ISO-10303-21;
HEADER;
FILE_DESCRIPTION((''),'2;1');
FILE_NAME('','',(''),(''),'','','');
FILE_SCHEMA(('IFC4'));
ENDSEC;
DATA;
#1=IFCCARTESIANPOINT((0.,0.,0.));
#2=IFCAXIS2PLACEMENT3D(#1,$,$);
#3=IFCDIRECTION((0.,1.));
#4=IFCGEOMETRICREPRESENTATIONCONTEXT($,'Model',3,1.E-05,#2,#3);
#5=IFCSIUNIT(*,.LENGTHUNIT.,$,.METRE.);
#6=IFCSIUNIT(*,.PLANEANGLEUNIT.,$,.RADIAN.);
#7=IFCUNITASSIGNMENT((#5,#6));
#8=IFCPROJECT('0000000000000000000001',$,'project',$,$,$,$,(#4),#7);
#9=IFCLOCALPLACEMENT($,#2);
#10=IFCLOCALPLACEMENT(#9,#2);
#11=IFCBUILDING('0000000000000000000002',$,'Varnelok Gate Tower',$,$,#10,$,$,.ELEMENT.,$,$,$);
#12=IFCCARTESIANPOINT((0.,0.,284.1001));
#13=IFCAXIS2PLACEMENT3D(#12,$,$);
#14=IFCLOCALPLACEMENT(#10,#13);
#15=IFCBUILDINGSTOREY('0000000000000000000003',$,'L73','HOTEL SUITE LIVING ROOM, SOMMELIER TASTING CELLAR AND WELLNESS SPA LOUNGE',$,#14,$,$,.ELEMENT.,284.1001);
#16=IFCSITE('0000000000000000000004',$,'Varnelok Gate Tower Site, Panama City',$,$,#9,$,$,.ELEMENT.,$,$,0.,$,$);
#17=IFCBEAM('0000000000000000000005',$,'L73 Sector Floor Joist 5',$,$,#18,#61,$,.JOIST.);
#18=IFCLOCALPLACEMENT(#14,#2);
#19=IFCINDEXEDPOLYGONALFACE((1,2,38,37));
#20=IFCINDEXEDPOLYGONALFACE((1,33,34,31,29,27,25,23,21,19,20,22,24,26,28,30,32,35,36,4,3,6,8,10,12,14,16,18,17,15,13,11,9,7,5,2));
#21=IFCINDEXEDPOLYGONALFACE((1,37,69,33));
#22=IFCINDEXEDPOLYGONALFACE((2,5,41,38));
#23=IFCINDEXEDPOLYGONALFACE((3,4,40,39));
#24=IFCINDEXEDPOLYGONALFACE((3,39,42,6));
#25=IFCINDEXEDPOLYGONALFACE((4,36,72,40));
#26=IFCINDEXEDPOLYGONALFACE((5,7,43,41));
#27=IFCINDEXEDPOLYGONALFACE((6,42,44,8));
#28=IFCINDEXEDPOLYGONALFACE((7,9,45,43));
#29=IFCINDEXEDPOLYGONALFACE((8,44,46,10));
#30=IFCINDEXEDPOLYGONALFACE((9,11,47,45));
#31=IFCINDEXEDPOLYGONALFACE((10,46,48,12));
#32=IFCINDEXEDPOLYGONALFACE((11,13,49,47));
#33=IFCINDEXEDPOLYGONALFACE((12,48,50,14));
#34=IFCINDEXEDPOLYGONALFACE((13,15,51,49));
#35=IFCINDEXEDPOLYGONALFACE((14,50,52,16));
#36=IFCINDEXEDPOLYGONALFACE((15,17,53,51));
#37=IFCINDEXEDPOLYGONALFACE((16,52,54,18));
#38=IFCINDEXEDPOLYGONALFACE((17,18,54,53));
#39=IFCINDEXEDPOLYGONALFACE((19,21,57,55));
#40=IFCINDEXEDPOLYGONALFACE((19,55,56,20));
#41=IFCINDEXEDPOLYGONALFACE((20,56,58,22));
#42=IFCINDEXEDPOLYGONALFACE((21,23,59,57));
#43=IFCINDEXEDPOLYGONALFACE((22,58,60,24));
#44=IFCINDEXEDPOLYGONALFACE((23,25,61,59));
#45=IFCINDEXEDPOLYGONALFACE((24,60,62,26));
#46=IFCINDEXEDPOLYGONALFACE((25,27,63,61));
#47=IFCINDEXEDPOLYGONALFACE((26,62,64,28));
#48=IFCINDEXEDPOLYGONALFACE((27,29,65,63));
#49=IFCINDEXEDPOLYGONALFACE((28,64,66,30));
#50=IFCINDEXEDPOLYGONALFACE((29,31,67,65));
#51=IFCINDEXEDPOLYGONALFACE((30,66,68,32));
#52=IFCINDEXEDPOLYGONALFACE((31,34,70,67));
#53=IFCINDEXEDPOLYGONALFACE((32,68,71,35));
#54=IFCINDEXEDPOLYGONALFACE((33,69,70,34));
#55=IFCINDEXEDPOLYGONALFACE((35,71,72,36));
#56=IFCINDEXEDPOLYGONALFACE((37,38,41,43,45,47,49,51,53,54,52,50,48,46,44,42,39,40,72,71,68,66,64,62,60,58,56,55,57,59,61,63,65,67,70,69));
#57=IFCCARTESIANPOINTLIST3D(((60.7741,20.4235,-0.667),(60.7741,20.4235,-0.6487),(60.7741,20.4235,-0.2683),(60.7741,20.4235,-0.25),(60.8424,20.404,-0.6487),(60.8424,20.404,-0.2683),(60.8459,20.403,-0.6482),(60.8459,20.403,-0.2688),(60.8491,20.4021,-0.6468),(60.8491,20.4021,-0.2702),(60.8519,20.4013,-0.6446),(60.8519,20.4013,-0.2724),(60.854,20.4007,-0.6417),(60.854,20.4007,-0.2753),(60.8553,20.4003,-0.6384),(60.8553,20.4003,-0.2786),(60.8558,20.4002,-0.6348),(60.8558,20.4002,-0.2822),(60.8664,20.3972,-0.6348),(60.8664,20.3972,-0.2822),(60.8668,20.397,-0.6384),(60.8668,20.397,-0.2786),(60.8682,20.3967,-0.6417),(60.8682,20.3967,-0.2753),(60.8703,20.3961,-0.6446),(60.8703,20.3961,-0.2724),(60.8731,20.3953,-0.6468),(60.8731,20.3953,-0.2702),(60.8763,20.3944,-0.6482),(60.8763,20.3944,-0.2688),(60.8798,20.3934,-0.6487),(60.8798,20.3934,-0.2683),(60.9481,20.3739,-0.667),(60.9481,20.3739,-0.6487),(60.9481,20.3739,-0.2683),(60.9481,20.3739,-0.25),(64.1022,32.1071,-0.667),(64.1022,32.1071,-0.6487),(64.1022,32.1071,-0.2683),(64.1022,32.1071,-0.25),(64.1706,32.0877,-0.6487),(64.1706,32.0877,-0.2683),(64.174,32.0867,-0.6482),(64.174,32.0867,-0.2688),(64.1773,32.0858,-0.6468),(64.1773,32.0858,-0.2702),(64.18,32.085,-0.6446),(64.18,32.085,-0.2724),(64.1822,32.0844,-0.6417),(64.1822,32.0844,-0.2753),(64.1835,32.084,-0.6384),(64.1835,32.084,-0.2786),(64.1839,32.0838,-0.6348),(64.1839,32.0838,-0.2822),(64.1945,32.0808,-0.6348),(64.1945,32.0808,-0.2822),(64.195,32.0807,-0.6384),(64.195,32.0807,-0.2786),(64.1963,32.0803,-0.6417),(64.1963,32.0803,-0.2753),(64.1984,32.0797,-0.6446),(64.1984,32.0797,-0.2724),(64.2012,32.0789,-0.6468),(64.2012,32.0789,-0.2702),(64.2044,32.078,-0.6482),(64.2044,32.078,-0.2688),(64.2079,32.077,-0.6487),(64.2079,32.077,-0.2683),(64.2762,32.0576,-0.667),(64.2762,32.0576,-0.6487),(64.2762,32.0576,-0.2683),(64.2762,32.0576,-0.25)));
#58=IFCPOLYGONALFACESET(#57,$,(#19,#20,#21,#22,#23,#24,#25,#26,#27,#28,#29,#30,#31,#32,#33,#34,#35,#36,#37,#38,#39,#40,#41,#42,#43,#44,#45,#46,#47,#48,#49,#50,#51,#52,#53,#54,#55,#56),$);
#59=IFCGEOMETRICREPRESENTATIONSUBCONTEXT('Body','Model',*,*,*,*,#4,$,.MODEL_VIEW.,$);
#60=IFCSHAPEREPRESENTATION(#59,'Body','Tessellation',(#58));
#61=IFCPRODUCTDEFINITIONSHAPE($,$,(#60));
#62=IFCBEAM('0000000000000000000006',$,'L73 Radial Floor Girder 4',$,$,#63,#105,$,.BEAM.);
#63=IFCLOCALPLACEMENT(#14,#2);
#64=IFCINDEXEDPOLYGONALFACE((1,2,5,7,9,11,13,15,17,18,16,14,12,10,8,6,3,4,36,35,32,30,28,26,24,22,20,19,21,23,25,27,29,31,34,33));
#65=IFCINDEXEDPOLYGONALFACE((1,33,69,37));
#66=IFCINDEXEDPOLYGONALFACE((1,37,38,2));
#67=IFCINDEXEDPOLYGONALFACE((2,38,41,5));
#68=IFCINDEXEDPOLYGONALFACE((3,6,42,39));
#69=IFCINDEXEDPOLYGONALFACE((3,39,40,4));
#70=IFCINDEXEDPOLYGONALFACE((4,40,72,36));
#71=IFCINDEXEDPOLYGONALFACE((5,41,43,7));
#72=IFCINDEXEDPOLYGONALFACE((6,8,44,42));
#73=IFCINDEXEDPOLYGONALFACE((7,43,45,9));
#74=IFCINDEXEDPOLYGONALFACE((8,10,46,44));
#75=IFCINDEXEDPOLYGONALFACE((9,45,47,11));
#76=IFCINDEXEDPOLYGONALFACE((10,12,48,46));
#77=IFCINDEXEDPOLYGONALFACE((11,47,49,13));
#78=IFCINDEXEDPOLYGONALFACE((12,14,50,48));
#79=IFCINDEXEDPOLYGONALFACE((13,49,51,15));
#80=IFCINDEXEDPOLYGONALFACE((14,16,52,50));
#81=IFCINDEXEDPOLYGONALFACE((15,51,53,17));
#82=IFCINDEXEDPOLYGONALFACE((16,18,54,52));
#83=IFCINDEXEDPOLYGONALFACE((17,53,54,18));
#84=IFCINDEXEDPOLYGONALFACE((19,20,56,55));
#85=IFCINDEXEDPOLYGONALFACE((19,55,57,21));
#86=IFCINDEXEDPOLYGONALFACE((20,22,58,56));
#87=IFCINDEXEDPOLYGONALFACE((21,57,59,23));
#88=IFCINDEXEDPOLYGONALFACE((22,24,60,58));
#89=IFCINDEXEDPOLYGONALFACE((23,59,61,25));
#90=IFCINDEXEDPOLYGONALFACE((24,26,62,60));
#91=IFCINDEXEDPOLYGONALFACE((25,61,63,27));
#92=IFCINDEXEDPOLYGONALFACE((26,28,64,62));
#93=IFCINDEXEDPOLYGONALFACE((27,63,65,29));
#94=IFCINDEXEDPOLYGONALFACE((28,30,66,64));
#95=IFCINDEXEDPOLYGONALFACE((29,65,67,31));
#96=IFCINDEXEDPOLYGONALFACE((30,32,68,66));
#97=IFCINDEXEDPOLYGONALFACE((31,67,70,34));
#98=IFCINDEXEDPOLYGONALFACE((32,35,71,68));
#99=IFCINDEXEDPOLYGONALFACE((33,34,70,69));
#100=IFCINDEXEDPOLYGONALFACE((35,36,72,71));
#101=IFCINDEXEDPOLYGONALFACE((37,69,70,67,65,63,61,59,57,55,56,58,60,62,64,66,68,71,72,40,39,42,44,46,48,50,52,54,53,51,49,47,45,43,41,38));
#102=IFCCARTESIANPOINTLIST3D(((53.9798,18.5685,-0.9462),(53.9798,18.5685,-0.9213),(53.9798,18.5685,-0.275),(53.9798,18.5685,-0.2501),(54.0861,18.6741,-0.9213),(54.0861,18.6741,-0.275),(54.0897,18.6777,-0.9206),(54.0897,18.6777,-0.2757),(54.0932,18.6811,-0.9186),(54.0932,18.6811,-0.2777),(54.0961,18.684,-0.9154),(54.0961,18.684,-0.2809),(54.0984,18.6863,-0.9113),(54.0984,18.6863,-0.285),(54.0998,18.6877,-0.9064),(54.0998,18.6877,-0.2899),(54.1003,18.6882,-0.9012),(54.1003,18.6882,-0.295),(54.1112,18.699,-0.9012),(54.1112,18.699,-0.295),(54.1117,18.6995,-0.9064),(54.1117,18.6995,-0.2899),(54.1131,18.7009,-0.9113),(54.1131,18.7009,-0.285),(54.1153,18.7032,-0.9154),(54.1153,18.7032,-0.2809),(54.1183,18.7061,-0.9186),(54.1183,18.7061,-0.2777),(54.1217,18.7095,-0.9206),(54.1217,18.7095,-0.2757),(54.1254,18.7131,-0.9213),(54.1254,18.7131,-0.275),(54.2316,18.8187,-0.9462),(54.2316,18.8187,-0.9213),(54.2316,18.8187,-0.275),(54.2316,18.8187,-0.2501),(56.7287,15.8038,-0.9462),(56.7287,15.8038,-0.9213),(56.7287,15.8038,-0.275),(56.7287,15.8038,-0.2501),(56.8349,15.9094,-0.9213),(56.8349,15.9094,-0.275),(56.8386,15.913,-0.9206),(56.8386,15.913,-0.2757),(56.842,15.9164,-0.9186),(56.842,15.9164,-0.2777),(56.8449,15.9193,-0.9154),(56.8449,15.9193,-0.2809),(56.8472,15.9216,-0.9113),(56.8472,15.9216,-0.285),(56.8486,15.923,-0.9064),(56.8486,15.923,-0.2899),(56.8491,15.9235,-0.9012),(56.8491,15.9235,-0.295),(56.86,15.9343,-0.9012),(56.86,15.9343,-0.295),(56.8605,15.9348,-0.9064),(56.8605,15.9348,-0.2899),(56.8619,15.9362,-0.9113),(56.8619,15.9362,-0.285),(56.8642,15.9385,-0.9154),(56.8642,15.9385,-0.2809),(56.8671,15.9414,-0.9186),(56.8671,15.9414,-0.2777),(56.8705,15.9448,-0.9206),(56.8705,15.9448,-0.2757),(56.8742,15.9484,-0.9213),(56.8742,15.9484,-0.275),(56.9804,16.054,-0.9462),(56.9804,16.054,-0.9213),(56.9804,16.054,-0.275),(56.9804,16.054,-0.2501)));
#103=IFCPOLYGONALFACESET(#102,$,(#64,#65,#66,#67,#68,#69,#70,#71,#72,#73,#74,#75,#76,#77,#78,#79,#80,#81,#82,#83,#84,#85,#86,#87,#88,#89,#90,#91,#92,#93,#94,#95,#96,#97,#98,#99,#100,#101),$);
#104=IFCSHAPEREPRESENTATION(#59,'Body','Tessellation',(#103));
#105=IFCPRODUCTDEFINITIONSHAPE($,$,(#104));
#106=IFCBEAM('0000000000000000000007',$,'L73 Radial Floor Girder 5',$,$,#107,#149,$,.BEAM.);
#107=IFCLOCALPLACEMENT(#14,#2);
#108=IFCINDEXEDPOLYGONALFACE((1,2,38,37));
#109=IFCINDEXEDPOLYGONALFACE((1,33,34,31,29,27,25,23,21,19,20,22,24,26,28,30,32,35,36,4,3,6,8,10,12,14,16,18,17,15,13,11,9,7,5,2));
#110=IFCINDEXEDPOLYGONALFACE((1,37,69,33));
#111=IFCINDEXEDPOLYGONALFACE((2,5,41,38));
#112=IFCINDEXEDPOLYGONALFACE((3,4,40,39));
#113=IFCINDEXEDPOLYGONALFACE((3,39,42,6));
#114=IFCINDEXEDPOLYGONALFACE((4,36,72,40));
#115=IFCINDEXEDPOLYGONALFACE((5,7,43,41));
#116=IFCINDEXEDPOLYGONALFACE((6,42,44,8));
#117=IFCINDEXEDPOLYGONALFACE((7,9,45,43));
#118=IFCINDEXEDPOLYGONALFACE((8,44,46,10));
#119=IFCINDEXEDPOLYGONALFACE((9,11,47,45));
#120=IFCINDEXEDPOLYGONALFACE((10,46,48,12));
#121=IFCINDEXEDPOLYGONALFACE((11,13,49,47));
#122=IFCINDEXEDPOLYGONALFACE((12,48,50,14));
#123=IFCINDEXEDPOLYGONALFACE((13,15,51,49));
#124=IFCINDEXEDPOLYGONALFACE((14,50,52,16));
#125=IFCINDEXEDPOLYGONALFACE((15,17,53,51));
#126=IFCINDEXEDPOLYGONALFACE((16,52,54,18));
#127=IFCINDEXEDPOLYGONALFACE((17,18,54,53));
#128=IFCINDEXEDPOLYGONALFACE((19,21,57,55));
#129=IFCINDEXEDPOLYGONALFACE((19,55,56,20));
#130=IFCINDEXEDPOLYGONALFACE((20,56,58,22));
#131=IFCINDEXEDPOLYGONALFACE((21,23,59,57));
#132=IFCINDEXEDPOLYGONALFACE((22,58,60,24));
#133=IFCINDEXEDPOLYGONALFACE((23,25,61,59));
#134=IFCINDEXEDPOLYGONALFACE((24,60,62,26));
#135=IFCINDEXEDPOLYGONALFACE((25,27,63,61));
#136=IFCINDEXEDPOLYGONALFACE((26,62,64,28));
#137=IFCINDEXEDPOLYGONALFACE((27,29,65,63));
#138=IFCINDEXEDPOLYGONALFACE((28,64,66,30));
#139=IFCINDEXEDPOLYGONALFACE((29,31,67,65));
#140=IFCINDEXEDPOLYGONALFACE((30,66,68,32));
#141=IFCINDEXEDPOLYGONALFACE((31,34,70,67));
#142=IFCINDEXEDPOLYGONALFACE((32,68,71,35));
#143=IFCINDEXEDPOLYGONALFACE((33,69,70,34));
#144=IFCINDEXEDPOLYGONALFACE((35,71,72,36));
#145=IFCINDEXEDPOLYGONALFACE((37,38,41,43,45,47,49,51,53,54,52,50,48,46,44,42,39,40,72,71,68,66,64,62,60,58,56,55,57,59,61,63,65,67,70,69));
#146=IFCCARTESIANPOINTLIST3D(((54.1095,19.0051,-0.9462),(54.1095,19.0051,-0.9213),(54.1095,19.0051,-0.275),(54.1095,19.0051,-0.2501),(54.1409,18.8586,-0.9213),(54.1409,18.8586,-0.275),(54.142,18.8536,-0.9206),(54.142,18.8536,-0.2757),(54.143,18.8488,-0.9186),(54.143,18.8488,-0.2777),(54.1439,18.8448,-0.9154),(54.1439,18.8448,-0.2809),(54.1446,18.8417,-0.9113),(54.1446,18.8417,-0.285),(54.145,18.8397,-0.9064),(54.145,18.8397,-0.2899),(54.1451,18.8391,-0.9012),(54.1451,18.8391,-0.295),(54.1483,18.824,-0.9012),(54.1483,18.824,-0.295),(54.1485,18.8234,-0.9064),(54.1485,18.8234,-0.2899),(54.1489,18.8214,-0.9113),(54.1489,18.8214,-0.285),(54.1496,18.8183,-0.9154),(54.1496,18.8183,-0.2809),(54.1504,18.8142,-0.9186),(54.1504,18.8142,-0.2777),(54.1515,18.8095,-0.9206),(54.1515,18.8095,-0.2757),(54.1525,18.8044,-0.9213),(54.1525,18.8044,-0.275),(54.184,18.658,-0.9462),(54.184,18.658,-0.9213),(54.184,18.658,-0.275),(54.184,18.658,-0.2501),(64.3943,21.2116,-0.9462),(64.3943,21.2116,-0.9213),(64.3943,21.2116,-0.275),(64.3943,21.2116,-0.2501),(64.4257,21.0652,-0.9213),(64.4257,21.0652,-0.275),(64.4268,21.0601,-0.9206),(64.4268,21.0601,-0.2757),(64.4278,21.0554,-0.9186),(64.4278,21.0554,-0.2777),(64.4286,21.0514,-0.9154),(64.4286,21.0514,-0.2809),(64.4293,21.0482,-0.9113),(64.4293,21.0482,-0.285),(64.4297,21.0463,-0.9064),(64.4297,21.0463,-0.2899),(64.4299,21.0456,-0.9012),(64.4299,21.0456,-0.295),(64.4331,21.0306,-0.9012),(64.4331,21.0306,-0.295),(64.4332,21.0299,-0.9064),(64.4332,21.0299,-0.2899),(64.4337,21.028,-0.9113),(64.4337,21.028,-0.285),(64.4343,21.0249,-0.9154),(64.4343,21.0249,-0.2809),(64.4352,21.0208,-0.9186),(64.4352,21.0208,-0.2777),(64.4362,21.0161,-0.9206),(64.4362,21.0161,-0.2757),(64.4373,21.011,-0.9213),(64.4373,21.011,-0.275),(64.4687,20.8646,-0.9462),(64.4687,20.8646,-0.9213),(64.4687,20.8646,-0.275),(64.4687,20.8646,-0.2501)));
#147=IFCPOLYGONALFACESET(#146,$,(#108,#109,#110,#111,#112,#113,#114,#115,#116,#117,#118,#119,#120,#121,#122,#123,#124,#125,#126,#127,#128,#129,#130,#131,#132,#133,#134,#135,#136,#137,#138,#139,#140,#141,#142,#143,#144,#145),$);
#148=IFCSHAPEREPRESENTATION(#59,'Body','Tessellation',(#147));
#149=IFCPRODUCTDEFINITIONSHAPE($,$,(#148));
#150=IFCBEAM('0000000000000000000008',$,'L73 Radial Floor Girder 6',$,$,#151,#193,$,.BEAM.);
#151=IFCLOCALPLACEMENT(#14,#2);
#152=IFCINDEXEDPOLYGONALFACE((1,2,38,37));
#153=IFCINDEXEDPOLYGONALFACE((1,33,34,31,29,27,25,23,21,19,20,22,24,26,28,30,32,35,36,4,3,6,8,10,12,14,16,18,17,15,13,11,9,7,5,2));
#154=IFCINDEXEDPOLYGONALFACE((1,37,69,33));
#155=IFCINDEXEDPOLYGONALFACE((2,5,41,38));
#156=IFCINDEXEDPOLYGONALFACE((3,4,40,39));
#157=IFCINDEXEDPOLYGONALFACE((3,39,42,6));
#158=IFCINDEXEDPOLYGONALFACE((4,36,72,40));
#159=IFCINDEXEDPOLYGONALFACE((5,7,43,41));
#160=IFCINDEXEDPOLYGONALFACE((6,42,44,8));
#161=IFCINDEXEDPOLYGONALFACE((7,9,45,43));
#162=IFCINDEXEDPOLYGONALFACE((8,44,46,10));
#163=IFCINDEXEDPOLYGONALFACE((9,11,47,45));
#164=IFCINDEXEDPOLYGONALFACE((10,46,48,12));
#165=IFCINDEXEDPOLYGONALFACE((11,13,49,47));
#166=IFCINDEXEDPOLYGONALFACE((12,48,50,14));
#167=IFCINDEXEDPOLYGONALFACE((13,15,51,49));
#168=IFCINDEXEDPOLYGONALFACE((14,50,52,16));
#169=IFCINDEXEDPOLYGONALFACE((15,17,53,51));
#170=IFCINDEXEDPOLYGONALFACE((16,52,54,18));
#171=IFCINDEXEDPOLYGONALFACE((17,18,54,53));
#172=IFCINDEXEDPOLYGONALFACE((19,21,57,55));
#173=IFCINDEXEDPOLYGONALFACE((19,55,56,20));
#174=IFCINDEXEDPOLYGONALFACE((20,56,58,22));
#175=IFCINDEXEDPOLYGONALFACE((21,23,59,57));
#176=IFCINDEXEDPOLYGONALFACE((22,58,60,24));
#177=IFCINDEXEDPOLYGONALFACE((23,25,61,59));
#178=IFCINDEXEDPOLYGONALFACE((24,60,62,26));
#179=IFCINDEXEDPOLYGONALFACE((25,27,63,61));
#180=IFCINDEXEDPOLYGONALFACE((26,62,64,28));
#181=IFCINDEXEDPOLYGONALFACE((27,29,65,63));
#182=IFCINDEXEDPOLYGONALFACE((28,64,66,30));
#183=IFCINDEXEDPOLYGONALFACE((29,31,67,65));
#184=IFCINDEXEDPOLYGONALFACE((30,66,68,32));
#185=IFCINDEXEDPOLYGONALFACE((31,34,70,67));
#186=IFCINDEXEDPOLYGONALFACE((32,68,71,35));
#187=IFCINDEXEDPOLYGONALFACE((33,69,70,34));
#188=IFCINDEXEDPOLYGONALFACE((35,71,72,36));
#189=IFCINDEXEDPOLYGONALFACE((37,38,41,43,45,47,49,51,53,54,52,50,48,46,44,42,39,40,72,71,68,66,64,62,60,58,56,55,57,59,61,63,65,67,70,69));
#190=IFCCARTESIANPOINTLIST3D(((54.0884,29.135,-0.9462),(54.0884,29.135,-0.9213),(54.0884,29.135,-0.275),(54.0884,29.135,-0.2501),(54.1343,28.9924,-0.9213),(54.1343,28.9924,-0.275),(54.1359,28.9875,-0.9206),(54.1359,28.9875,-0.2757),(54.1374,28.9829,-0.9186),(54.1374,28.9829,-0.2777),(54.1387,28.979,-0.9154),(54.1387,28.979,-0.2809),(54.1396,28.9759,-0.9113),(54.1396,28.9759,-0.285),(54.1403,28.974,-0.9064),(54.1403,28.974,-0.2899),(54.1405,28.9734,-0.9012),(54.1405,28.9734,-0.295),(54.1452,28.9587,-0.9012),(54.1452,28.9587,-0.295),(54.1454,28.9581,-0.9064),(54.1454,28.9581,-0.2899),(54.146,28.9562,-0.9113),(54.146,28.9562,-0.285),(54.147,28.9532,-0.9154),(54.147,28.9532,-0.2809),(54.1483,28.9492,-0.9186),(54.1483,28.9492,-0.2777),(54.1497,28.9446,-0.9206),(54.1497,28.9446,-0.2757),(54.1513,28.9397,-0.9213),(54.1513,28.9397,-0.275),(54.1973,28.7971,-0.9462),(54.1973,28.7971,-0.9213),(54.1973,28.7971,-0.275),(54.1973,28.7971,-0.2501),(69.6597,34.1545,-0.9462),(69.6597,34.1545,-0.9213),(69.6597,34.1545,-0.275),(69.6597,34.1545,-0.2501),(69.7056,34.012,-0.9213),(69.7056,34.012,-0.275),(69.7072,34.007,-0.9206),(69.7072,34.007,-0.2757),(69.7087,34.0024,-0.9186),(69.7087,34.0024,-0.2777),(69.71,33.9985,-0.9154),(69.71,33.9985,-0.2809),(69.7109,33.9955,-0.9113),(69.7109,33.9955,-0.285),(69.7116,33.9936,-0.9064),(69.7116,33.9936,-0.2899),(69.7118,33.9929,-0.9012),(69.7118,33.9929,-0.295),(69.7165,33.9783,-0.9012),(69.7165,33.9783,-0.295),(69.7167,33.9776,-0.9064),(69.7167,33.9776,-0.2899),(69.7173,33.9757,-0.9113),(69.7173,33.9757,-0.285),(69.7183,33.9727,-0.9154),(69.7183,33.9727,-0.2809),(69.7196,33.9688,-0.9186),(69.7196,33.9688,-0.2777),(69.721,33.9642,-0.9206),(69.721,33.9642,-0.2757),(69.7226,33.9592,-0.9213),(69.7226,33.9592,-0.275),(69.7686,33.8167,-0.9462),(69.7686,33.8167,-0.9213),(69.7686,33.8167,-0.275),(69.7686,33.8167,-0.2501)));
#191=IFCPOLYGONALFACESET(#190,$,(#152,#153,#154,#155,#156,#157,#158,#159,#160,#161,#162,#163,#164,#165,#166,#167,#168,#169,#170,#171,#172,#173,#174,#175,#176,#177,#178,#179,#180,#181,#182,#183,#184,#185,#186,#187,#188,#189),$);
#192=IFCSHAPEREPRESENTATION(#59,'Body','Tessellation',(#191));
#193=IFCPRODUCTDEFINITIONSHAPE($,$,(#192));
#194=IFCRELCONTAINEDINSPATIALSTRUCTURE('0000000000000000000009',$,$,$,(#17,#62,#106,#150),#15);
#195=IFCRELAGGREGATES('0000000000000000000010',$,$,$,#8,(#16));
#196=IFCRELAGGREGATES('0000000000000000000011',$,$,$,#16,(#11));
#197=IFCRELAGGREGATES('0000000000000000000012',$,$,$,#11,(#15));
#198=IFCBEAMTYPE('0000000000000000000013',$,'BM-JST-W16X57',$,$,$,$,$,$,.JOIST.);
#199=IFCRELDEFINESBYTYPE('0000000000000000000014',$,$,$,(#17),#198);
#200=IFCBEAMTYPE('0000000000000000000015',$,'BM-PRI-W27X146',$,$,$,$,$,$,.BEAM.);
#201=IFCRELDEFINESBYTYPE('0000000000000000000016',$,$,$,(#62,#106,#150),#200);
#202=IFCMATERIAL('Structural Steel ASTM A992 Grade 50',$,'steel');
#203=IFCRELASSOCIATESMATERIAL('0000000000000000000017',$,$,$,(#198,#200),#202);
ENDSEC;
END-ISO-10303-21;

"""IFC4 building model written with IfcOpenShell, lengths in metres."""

from ifc_helpers import new_model, si_unit, direction, frame, origin, origin_2d, place, context, subcontext, project, spatial, i_section, extrude, material, material_profile, profile_set, type_object, element, save


model = new_model("IFC4")

# Units and contexts
model_context = context("Model", 3, precision=1e-05, world=origin(), true_north=direction((0.0, 1.0)))
body_context = subcontext(model_context, "Body", "Model", "MODEL_VIEW")
ifc_project = project(units=[si_unit("LENGTHUNIT", "METRE"), si_unit("PLANEANGLEUNIT", "RADIAN")], contexts=[model_context])

# Site, building, storey
site_placement = place(None, origin())
site = spatial("IfcSite", under=ifc_project, at=site_placement, Name="Varnelok Gate Tower Site, Panama City", CompositionType="ELEMENT", RefElevation=0.0)
building_placement = place(site_placement, origin())
building = spatial("IfcBuilding", under=site, at=building_placement, Name="Varnelok Gate Tower", CompositionType="ELEMENT")
storey_placement = place(building_placement, frame((0.0, 0.0, 284.1001)))
storey = spatial("IfcBuildingStorey", under=building, at=storey_placement, Name="L73", Description="HOTEL SUITE LIVING ROOM, SOMMELIER TASTING CELLAR AND WELLNESS SPA LOUNGE", CompositionType="ELEMENT", Elevation=284.1001)

# Shared definitions
ifc_material_1 = material(Name="Structural Steel ASTM A992 Grade 50", Category="steel")

# Beams
ifc_material_profile_1 = material_profile(ifc_material_1, i_section(OverallWidth=0.1809, OverallDepth=0.417, WebThickness=0.011, FlangeThickness=0.0183, FilletRadius=0.0139, at=origin_2d()), Name="W16X57")
ifc_profile_set_1 = profile_set([ifc_material_profile_1], Name="Structural Steel ASTM A992 Grade 50")
beam_type_1 = type_object("IfcBeamType", Name="BM-JST-W16X57", PredefinedType="JOIST", material=ifc_profile_set_1)
beam_1_placement = place(storey_placement, frame((60.8611, 20.3987, -0.4585), z_axis=(0.273957, 0.961742, 0.0), x_axis=(-0.961742, 0.273957, 0.0)))
element("IfcBeam", 1, at=beam_1_placement, inside=storey, type_object=beam_type_1, Name="L73 Sector Floor Joist 5", PredefinedType="JOIST", context=body_context, shape_type="SweptSolid", body=[
    extrude(i_section(OverallWidth=0.1809, OverallDepth=0.417, WebThickness=0.011, FlangeThickness=0.0183, FilletRadius=0.0139, at=origin_2d()), origin(), (0.0, 0.0, 1.0), 12.1484),
])
ifc_material_profile_2 = material_profile(ifc_material_1, i_section(OverallWidth=0.355, OverallDepth=0.696, WebThickness=0.0154, FlangeThickness=0.0249, FilletRadius=0.02, at=origin_2d()), Name="W27X146")
ifc_profile_set_2 = profile_set([ifc_material_profile_2], Name="Structural Steel ASTM A992 Grade 50")
beam_type_2 = type_object("IfcBeamType", Name="BM-PRI-W27X146", PredefinedType="BEAM", material=ifc_profile_set_2)
beam_2_placement = place(storey_placement, frame((54.1057, 18.6936, -0.5981), z_axis=(0.705069, -0.709139, 0.0), x_axis=(0.709139, 0.705069, 0.0)))
element("IfcBeam", 2, at=beam_2_placement, inside=storey, type_object=beam_type_2, Name="L73 Radial Floor Girder 4", PredefinedType="BEAM", context=body_context, shape_type="SweptSolid", body=[
    extrude(i_section(OverallWidth=0.355, OverallDepth=0.696, WebThickness=0.0154, FlangeThickness=0.0249, FilletRadius=0.02, at=origin_2d()), origin(), (0.0, 0.0, 1.0), 3.8987),
])
beam_3_placement = place(storey_placement, frame((54.1467, 18.8315, -0.5981), z_axis=(0.97775, 0.209773, 0.0), x_axis=(-0.209773, 0.97775, 0.0)))
element("IfcBeam", 3, at=beam_3_placement, inside=storey, type_object=beam_type_2, Name="L73 Radial Floor Girder 5", PredefinedType="BEAM", context=body_context, shape_type="SweptSolid", body=[
    extrude(i_section(OverallWidth=0.355, OverallDepth=0.696, WebThickness=0.0154, FlangeThickness=0.0249, FilletRadius=0.02, at=origin_2d()), origin(), (0.0, 0.0, 1.0), 10.5188),
])
beam_4_placement = place(storey_placement, frame((54.1428, 28.9661, -0.5981), z_axis=(0.95177, 0.306811, 0.0), x_axis=(-0.306811, 0.95177, 0.0)))
element("IfcBeam", 4, at=beam_4_placement, inside=storey, type_object=beam_type_2, Name="L73 Radial Floor Girder 6", PredefinedType="BEAM", context=body_context, shape_type="SweptSolid", body=[
    extrude(i_section(OverallWidth=0.355, OverallDepth=0.696, WebThickness=0.0154, FlangeThickness=0.0249, FilletRadius=0.02, at=origin_2d()), origin(), (0.0, 0.0, 1.0), 16.3604),
])

save(model, "model.ifc")
